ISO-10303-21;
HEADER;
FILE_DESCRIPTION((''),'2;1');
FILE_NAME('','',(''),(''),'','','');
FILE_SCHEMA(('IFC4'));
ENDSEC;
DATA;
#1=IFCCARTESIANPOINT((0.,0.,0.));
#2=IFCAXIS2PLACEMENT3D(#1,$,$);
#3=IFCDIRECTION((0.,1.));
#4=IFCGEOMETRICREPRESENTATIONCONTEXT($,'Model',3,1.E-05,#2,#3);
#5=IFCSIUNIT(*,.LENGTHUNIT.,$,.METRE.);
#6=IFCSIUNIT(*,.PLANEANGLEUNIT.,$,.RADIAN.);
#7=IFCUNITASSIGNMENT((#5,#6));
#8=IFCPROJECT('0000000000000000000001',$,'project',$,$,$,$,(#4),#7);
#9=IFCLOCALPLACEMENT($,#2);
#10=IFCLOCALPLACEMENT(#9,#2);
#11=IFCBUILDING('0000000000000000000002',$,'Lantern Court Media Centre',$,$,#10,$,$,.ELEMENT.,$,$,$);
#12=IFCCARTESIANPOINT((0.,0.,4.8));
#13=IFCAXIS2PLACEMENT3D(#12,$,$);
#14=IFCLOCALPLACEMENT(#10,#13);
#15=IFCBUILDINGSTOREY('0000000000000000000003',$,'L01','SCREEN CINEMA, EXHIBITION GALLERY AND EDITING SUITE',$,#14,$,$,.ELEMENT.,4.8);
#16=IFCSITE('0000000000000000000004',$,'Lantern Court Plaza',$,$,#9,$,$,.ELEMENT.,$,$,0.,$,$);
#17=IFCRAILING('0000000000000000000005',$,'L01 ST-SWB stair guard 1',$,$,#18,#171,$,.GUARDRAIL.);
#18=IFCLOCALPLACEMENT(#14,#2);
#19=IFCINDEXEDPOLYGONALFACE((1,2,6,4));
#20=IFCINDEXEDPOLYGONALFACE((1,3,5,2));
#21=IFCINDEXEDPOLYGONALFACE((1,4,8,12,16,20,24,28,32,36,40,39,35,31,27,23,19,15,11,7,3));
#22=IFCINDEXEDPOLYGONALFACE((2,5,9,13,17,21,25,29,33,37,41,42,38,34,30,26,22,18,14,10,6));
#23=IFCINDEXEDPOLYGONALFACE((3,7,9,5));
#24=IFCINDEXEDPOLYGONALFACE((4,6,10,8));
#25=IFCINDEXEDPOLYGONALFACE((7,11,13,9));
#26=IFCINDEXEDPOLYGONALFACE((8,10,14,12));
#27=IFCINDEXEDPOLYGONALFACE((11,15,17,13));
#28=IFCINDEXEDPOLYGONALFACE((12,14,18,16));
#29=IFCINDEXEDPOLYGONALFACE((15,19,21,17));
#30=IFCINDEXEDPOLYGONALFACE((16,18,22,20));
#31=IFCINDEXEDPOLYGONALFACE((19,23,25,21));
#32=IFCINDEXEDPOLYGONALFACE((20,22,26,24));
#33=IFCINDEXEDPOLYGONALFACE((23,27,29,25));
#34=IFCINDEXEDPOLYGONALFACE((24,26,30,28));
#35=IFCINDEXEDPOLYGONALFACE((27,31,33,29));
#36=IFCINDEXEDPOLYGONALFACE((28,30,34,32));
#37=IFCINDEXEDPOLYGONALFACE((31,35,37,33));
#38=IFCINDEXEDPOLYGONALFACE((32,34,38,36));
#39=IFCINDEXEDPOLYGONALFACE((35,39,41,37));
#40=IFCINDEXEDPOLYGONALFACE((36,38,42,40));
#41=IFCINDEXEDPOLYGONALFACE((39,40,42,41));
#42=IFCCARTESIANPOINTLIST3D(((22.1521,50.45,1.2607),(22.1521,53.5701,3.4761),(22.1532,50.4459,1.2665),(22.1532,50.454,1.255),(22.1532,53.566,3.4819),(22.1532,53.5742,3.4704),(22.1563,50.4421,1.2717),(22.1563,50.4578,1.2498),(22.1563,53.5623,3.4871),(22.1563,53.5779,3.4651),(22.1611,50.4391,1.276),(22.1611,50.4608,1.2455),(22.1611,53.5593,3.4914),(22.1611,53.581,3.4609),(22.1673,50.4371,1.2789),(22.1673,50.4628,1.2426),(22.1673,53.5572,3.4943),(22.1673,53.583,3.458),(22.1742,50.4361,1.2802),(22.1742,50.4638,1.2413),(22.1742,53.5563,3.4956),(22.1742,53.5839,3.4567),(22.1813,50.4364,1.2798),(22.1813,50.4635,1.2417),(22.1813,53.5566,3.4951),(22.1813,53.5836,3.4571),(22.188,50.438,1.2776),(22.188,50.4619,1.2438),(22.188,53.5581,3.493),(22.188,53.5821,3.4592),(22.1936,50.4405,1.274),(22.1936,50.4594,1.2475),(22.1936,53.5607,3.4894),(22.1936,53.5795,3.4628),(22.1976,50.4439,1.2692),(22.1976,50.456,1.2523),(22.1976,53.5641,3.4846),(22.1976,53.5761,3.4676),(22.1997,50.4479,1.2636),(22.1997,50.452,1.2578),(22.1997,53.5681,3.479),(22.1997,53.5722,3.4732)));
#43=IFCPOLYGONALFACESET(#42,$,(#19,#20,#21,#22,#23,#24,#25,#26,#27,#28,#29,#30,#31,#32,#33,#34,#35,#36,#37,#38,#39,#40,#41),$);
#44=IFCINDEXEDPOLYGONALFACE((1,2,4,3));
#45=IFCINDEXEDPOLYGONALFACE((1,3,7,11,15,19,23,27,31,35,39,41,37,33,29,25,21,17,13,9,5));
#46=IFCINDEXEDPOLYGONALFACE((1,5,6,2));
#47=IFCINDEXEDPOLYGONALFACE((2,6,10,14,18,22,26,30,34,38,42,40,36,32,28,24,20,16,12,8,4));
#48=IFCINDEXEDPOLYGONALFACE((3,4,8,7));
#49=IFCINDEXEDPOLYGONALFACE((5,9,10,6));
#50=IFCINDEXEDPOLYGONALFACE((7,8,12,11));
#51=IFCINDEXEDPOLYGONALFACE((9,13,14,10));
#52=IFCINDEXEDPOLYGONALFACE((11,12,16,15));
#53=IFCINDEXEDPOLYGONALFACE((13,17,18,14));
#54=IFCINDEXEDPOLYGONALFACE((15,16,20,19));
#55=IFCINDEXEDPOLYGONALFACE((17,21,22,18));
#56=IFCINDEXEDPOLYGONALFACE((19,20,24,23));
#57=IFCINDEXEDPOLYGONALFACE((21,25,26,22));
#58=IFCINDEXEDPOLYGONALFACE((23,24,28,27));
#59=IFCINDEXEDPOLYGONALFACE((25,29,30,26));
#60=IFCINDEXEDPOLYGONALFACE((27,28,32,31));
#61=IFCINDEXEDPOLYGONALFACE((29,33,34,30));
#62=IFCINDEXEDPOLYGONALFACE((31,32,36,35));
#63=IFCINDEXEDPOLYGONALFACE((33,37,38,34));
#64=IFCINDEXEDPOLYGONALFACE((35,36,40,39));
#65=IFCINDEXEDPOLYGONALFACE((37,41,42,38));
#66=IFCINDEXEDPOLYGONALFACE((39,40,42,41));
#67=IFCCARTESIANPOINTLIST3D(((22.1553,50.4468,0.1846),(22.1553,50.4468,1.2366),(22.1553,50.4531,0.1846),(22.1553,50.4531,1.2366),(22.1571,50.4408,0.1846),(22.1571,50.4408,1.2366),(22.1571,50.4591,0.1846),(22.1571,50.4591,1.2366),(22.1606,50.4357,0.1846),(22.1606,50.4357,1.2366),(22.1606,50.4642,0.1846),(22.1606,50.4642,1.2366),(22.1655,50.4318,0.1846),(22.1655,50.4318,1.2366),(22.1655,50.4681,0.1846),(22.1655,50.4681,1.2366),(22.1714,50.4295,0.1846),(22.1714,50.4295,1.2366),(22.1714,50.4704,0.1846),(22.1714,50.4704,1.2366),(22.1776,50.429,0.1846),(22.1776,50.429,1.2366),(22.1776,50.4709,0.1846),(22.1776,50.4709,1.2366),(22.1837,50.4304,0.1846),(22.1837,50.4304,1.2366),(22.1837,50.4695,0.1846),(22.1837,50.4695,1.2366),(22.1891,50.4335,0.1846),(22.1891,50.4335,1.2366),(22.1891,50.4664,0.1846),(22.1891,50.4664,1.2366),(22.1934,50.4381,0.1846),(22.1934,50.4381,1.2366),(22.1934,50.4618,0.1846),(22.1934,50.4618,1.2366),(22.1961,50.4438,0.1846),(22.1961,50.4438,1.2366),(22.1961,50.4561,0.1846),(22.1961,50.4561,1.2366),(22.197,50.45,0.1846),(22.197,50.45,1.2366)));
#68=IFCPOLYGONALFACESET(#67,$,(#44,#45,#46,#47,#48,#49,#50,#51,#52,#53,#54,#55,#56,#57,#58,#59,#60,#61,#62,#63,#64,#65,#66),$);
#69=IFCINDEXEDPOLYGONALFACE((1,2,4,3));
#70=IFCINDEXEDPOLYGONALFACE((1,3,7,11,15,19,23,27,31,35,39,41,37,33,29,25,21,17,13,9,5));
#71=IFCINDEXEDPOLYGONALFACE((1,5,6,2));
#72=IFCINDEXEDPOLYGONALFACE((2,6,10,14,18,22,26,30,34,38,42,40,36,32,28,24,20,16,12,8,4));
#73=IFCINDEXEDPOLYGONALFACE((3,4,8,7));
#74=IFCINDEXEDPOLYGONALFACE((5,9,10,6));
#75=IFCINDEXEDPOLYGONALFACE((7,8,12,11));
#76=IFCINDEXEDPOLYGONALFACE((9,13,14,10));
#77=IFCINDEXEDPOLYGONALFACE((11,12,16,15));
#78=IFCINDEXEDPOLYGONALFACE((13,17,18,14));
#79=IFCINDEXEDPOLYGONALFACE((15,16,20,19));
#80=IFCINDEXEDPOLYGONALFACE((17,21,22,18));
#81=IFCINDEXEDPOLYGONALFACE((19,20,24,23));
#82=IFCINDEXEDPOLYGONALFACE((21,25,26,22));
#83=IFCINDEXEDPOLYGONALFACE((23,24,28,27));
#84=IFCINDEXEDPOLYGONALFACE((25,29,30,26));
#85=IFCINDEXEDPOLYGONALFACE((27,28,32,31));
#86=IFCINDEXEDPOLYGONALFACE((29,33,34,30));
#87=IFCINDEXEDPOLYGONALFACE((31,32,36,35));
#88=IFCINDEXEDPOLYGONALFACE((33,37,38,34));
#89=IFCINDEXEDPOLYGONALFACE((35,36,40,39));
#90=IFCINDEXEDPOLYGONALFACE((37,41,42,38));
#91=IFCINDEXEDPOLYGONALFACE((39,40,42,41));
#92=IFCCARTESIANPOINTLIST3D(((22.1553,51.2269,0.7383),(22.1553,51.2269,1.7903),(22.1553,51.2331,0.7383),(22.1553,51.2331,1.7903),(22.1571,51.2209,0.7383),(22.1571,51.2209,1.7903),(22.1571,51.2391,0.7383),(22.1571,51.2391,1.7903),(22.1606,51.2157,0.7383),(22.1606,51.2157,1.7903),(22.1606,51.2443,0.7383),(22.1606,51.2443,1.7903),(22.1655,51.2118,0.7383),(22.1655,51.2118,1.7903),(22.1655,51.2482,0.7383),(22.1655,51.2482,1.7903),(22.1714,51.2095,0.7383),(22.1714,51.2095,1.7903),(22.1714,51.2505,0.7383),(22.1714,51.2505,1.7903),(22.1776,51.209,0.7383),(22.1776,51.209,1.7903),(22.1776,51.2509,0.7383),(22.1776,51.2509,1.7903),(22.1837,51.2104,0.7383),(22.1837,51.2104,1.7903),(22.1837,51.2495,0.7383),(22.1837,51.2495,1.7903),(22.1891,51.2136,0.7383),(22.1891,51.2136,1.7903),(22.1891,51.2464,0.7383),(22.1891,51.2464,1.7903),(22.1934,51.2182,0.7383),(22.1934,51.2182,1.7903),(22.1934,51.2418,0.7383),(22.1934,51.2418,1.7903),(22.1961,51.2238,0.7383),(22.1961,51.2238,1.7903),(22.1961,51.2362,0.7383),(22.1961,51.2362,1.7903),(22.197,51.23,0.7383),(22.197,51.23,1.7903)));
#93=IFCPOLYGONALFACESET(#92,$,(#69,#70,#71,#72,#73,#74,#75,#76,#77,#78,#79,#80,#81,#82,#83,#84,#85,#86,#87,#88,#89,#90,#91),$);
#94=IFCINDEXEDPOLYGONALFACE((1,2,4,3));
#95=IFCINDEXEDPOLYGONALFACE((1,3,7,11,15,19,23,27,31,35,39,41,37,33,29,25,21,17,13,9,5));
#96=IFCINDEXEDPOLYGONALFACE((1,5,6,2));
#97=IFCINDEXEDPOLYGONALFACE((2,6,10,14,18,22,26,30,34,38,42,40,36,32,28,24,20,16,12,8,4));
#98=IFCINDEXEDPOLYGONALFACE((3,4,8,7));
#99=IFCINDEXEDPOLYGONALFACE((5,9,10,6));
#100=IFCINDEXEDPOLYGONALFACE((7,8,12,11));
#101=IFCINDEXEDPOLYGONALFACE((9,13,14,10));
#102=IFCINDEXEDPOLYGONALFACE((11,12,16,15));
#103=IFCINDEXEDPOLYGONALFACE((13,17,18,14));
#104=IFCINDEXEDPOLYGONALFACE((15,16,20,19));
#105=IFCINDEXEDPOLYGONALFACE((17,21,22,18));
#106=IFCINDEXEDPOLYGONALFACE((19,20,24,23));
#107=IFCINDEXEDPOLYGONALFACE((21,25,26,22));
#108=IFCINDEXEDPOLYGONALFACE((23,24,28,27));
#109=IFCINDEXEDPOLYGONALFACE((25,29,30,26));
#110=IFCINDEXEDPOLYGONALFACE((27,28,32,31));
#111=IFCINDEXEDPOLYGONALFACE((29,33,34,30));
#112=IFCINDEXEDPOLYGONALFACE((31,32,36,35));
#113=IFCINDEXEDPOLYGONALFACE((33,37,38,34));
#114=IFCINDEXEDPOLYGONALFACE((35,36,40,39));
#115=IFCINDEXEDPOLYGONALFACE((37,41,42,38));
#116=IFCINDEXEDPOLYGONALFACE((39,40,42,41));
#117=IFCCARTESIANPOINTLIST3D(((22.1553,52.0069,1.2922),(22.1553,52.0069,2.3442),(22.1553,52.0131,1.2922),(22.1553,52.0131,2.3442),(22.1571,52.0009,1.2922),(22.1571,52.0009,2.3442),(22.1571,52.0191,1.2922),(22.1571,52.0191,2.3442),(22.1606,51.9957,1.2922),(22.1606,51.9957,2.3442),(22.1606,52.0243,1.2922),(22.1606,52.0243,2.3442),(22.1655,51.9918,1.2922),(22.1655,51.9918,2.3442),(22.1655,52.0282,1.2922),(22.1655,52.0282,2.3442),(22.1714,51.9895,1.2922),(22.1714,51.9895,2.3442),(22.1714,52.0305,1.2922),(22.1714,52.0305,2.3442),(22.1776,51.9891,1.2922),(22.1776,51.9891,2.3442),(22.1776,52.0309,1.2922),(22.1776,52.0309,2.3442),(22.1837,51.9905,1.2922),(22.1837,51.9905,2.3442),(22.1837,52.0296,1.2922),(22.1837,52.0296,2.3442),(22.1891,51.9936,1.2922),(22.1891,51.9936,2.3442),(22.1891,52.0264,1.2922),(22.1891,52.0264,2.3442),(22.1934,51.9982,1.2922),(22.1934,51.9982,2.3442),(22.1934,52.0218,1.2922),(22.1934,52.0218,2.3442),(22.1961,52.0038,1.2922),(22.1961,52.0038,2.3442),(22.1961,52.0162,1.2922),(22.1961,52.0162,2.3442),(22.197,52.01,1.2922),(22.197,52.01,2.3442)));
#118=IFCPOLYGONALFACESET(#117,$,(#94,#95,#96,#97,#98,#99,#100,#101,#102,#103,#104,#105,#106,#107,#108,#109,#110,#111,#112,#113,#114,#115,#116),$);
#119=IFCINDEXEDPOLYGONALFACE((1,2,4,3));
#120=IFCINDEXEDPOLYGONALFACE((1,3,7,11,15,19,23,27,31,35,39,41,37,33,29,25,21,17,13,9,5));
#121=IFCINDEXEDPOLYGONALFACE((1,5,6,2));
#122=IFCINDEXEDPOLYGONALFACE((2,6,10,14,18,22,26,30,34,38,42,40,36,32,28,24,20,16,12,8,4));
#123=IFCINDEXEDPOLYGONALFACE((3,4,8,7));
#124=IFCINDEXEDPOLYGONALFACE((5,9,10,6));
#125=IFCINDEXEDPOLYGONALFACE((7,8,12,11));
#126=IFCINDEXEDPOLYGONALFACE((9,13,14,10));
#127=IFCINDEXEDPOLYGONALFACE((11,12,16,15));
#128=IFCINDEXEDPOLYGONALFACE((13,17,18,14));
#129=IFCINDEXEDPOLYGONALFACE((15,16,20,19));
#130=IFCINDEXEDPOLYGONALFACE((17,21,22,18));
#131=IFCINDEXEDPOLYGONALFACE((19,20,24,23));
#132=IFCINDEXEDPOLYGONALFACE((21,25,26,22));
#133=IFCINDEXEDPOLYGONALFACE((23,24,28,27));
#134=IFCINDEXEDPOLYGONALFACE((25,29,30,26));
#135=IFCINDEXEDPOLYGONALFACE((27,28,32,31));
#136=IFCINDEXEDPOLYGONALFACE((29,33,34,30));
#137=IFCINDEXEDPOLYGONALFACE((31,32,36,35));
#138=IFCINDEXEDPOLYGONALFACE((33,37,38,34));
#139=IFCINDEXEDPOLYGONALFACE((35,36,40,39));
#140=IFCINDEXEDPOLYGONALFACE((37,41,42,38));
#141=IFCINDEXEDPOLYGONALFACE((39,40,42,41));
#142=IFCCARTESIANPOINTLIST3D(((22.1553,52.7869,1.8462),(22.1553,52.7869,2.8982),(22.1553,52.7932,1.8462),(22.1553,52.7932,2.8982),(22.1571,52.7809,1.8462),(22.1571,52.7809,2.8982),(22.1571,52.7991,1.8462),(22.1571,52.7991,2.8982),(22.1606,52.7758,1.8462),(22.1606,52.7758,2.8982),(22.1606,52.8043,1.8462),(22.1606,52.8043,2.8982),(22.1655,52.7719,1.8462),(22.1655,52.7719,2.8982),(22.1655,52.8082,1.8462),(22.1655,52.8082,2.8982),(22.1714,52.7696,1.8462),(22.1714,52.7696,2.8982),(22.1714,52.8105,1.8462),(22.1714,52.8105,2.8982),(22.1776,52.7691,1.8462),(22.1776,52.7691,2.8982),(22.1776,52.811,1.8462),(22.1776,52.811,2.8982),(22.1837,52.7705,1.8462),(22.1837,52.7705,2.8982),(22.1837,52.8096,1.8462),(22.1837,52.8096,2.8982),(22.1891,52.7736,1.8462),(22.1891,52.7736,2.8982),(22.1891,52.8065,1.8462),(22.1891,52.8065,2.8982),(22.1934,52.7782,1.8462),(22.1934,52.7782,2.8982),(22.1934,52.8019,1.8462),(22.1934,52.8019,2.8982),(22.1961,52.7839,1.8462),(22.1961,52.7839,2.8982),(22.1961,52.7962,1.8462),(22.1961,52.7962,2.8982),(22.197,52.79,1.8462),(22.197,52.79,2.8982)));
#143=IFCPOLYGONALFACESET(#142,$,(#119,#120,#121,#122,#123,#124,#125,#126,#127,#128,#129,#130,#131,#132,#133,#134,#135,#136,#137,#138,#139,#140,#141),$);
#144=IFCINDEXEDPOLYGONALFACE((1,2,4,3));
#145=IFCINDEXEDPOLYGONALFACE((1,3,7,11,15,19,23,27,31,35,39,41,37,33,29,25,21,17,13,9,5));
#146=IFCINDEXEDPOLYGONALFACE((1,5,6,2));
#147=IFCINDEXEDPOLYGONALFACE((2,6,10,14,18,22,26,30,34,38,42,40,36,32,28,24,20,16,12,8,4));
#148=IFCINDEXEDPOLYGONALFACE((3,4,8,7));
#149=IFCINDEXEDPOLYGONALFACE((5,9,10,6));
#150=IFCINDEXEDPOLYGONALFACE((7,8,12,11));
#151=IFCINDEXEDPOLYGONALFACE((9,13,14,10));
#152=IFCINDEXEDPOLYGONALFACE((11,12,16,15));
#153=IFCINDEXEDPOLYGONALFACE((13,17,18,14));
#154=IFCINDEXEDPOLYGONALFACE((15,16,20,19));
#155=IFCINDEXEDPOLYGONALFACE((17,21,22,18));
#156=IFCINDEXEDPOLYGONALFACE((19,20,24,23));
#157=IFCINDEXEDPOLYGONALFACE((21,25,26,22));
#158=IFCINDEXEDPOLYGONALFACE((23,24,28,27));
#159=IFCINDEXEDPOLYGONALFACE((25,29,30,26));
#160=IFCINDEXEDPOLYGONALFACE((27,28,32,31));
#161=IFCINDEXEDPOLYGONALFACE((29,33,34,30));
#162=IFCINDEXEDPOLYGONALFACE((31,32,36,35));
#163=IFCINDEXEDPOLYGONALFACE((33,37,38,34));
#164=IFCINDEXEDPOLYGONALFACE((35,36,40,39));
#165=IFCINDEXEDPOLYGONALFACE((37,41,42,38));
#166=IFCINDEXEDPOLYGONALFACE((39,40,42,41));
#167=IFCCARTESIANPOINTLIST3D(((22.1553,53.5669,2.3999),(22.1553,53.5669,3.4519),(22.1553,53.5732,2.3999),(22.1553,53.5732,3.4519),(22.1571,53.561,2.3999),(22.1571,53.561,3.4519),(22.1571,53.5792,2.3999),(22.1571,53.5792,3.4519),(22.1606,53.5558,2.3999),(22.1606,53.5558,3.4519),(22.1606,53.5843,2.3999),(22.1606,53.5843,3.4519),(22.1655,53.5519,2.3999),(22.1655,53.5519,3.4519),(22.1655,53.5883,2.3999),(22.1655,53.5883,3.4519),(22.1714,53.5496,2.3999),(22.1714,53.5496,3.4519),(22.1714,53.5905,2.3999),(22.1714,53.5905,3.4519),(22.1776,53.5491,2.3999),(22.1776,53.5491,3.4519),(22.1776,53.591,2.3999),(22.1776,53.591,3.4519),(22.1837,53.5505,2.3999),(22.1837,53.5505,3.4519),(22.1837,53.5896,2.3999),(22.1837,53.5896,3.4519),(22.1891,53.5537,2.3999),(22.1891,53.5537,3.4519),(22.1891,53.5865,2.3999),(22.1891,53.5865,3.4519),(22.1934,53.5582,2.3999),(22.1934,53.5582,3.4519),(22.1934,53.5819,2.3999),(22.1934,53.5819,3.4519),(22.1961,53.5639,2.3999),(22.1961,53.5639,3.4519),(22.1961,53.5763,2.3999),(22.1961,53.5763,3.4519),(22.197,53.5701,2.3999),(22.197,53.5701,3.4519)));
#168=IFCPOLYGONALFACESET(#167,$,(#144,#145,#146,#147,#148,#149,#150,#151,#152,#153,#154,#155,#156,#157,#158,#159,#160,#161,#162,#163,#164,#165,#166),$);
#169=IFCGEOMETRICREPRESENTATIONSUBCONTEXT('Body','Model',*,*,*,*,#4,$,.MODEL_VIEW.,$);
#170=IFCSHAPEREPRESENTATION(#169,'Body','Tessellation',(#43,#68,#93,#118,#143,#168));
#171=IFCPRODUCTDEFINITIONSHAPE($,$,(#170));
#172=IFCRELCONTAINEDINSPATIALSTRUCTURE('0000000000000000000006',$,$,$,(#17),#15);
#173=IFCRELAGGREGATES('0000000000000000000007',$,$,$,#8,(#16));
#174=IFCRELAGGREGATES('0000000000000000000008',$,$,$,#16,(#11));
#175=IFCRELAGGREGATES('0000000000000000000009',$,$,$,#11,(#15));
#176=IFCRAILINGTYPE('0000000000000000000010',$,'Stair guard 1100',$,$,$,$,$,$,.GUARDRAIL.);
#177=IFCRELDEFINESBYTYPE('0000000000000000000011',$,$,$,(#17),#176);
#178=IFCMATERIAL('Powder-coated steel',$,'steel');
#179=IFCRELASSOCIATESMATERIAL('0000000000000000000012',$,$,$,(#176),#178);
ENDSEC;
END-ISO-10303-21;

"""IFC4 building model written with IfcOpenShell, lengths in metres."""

from ifc_helpers import new_model, si_unit, direction, frame, origin, origin_2d, place, context, subcontext, project, spatial, circle, extrude, material, type_object, element, save


model = new_model("IFC4")

# Units and contexts
model_context = context("Model", 3, precision=1e-05, world=origin(), true_north=direction((0.0, 1.0)))
body_context = subcontext(model_context, "Body", "Model", "MODEL_VIEW")
ifc_project = project(units=[si_unit("LENGTHUNIT", "METRE"), si_unit("PLANEANGLEUNIT", "RADIAN")], contexts=[model_context])

# Site, building, storey
site_placement = place(None, origin())
site = spatial("IfcSite", under=ifc_project, at=site_placement, Name="Lantern Court Plaza", CompositionType="ELEMENT", RefElevation=0.0)
building_placement = place(site_placement, origin())
building = spatial("IfcBuilding", under=site, at=building_placement, Name="Lantern Court Media Centre", CompositionType="ELEMENT")
storey_placement = place(building_placement, frame((0.0, 0.0, 4.8)))
storey = spatial("IfcBuildingStorey", under=building, at=storey_placement, Name="L01", Description="SCREEN CINEMA, EXHIBITION GALLERY AND EDITING SUITE", CompositionType="ELEMENT", Elevation=4.8)

# Railing
ifc_material_1 = material(Name="Powder-coated steel", Category="steel")
railing_type_1 = type_object("IfcRailingType", Name="Stair guard 1100", PredefinedType="GUARDRAIL", material=ifc_material_1)
railing_1_placement = place(storey_placement, frame((22.176, 50.45, 0.1846)))
element("IfcRailing", 1, at=railing_1_placement, inside=storey, type_object=railing_type_1, Name="L01 ST-SWB stair guard 1", PredefinedType="GUARDRAIL", context=body_context, shape_type="SweptSolid", body=[
    extrude(circle(Radius=0.0239, at=origin_2d()), frame((0.0, 0.0, 1.0762), z_axis=(0.0, 0.815377, 0.57893), x_axis=(-1.0, 0.0, 0.0)), (0.0, 0.0, 1.0), 3.8267),
    extrude(circle(Radius=0.021, at=origin_2d()), origin(), (0.0, 0.0, 1.0), 1.052),
    extrude(circle(Radius=0.021, at=origin_2d()), frame((0.0, 0.78, 0.5537)), (0.0, 0.0, 1.0), 1.052),
    extrude(circle(Radius=0.021, at=origin_2d()), frame((0.0, 1.5601, 1.1077)), (0.0, 0.0, 1.0), 1.052),
    extrude(circle(Radius=0.021, at=origin_2d()), frame((0.0, 2.3401, 1.6616)), (0.0, 0.0, 1.0), 1.052),
    extrude(circle(Radius=0.021, at=origin_2d()), frame((0.0, 3.1201, 2.2153)), (0.0, 0.0, 1.0), 1.052),
])

save(model, "model.ifc")
